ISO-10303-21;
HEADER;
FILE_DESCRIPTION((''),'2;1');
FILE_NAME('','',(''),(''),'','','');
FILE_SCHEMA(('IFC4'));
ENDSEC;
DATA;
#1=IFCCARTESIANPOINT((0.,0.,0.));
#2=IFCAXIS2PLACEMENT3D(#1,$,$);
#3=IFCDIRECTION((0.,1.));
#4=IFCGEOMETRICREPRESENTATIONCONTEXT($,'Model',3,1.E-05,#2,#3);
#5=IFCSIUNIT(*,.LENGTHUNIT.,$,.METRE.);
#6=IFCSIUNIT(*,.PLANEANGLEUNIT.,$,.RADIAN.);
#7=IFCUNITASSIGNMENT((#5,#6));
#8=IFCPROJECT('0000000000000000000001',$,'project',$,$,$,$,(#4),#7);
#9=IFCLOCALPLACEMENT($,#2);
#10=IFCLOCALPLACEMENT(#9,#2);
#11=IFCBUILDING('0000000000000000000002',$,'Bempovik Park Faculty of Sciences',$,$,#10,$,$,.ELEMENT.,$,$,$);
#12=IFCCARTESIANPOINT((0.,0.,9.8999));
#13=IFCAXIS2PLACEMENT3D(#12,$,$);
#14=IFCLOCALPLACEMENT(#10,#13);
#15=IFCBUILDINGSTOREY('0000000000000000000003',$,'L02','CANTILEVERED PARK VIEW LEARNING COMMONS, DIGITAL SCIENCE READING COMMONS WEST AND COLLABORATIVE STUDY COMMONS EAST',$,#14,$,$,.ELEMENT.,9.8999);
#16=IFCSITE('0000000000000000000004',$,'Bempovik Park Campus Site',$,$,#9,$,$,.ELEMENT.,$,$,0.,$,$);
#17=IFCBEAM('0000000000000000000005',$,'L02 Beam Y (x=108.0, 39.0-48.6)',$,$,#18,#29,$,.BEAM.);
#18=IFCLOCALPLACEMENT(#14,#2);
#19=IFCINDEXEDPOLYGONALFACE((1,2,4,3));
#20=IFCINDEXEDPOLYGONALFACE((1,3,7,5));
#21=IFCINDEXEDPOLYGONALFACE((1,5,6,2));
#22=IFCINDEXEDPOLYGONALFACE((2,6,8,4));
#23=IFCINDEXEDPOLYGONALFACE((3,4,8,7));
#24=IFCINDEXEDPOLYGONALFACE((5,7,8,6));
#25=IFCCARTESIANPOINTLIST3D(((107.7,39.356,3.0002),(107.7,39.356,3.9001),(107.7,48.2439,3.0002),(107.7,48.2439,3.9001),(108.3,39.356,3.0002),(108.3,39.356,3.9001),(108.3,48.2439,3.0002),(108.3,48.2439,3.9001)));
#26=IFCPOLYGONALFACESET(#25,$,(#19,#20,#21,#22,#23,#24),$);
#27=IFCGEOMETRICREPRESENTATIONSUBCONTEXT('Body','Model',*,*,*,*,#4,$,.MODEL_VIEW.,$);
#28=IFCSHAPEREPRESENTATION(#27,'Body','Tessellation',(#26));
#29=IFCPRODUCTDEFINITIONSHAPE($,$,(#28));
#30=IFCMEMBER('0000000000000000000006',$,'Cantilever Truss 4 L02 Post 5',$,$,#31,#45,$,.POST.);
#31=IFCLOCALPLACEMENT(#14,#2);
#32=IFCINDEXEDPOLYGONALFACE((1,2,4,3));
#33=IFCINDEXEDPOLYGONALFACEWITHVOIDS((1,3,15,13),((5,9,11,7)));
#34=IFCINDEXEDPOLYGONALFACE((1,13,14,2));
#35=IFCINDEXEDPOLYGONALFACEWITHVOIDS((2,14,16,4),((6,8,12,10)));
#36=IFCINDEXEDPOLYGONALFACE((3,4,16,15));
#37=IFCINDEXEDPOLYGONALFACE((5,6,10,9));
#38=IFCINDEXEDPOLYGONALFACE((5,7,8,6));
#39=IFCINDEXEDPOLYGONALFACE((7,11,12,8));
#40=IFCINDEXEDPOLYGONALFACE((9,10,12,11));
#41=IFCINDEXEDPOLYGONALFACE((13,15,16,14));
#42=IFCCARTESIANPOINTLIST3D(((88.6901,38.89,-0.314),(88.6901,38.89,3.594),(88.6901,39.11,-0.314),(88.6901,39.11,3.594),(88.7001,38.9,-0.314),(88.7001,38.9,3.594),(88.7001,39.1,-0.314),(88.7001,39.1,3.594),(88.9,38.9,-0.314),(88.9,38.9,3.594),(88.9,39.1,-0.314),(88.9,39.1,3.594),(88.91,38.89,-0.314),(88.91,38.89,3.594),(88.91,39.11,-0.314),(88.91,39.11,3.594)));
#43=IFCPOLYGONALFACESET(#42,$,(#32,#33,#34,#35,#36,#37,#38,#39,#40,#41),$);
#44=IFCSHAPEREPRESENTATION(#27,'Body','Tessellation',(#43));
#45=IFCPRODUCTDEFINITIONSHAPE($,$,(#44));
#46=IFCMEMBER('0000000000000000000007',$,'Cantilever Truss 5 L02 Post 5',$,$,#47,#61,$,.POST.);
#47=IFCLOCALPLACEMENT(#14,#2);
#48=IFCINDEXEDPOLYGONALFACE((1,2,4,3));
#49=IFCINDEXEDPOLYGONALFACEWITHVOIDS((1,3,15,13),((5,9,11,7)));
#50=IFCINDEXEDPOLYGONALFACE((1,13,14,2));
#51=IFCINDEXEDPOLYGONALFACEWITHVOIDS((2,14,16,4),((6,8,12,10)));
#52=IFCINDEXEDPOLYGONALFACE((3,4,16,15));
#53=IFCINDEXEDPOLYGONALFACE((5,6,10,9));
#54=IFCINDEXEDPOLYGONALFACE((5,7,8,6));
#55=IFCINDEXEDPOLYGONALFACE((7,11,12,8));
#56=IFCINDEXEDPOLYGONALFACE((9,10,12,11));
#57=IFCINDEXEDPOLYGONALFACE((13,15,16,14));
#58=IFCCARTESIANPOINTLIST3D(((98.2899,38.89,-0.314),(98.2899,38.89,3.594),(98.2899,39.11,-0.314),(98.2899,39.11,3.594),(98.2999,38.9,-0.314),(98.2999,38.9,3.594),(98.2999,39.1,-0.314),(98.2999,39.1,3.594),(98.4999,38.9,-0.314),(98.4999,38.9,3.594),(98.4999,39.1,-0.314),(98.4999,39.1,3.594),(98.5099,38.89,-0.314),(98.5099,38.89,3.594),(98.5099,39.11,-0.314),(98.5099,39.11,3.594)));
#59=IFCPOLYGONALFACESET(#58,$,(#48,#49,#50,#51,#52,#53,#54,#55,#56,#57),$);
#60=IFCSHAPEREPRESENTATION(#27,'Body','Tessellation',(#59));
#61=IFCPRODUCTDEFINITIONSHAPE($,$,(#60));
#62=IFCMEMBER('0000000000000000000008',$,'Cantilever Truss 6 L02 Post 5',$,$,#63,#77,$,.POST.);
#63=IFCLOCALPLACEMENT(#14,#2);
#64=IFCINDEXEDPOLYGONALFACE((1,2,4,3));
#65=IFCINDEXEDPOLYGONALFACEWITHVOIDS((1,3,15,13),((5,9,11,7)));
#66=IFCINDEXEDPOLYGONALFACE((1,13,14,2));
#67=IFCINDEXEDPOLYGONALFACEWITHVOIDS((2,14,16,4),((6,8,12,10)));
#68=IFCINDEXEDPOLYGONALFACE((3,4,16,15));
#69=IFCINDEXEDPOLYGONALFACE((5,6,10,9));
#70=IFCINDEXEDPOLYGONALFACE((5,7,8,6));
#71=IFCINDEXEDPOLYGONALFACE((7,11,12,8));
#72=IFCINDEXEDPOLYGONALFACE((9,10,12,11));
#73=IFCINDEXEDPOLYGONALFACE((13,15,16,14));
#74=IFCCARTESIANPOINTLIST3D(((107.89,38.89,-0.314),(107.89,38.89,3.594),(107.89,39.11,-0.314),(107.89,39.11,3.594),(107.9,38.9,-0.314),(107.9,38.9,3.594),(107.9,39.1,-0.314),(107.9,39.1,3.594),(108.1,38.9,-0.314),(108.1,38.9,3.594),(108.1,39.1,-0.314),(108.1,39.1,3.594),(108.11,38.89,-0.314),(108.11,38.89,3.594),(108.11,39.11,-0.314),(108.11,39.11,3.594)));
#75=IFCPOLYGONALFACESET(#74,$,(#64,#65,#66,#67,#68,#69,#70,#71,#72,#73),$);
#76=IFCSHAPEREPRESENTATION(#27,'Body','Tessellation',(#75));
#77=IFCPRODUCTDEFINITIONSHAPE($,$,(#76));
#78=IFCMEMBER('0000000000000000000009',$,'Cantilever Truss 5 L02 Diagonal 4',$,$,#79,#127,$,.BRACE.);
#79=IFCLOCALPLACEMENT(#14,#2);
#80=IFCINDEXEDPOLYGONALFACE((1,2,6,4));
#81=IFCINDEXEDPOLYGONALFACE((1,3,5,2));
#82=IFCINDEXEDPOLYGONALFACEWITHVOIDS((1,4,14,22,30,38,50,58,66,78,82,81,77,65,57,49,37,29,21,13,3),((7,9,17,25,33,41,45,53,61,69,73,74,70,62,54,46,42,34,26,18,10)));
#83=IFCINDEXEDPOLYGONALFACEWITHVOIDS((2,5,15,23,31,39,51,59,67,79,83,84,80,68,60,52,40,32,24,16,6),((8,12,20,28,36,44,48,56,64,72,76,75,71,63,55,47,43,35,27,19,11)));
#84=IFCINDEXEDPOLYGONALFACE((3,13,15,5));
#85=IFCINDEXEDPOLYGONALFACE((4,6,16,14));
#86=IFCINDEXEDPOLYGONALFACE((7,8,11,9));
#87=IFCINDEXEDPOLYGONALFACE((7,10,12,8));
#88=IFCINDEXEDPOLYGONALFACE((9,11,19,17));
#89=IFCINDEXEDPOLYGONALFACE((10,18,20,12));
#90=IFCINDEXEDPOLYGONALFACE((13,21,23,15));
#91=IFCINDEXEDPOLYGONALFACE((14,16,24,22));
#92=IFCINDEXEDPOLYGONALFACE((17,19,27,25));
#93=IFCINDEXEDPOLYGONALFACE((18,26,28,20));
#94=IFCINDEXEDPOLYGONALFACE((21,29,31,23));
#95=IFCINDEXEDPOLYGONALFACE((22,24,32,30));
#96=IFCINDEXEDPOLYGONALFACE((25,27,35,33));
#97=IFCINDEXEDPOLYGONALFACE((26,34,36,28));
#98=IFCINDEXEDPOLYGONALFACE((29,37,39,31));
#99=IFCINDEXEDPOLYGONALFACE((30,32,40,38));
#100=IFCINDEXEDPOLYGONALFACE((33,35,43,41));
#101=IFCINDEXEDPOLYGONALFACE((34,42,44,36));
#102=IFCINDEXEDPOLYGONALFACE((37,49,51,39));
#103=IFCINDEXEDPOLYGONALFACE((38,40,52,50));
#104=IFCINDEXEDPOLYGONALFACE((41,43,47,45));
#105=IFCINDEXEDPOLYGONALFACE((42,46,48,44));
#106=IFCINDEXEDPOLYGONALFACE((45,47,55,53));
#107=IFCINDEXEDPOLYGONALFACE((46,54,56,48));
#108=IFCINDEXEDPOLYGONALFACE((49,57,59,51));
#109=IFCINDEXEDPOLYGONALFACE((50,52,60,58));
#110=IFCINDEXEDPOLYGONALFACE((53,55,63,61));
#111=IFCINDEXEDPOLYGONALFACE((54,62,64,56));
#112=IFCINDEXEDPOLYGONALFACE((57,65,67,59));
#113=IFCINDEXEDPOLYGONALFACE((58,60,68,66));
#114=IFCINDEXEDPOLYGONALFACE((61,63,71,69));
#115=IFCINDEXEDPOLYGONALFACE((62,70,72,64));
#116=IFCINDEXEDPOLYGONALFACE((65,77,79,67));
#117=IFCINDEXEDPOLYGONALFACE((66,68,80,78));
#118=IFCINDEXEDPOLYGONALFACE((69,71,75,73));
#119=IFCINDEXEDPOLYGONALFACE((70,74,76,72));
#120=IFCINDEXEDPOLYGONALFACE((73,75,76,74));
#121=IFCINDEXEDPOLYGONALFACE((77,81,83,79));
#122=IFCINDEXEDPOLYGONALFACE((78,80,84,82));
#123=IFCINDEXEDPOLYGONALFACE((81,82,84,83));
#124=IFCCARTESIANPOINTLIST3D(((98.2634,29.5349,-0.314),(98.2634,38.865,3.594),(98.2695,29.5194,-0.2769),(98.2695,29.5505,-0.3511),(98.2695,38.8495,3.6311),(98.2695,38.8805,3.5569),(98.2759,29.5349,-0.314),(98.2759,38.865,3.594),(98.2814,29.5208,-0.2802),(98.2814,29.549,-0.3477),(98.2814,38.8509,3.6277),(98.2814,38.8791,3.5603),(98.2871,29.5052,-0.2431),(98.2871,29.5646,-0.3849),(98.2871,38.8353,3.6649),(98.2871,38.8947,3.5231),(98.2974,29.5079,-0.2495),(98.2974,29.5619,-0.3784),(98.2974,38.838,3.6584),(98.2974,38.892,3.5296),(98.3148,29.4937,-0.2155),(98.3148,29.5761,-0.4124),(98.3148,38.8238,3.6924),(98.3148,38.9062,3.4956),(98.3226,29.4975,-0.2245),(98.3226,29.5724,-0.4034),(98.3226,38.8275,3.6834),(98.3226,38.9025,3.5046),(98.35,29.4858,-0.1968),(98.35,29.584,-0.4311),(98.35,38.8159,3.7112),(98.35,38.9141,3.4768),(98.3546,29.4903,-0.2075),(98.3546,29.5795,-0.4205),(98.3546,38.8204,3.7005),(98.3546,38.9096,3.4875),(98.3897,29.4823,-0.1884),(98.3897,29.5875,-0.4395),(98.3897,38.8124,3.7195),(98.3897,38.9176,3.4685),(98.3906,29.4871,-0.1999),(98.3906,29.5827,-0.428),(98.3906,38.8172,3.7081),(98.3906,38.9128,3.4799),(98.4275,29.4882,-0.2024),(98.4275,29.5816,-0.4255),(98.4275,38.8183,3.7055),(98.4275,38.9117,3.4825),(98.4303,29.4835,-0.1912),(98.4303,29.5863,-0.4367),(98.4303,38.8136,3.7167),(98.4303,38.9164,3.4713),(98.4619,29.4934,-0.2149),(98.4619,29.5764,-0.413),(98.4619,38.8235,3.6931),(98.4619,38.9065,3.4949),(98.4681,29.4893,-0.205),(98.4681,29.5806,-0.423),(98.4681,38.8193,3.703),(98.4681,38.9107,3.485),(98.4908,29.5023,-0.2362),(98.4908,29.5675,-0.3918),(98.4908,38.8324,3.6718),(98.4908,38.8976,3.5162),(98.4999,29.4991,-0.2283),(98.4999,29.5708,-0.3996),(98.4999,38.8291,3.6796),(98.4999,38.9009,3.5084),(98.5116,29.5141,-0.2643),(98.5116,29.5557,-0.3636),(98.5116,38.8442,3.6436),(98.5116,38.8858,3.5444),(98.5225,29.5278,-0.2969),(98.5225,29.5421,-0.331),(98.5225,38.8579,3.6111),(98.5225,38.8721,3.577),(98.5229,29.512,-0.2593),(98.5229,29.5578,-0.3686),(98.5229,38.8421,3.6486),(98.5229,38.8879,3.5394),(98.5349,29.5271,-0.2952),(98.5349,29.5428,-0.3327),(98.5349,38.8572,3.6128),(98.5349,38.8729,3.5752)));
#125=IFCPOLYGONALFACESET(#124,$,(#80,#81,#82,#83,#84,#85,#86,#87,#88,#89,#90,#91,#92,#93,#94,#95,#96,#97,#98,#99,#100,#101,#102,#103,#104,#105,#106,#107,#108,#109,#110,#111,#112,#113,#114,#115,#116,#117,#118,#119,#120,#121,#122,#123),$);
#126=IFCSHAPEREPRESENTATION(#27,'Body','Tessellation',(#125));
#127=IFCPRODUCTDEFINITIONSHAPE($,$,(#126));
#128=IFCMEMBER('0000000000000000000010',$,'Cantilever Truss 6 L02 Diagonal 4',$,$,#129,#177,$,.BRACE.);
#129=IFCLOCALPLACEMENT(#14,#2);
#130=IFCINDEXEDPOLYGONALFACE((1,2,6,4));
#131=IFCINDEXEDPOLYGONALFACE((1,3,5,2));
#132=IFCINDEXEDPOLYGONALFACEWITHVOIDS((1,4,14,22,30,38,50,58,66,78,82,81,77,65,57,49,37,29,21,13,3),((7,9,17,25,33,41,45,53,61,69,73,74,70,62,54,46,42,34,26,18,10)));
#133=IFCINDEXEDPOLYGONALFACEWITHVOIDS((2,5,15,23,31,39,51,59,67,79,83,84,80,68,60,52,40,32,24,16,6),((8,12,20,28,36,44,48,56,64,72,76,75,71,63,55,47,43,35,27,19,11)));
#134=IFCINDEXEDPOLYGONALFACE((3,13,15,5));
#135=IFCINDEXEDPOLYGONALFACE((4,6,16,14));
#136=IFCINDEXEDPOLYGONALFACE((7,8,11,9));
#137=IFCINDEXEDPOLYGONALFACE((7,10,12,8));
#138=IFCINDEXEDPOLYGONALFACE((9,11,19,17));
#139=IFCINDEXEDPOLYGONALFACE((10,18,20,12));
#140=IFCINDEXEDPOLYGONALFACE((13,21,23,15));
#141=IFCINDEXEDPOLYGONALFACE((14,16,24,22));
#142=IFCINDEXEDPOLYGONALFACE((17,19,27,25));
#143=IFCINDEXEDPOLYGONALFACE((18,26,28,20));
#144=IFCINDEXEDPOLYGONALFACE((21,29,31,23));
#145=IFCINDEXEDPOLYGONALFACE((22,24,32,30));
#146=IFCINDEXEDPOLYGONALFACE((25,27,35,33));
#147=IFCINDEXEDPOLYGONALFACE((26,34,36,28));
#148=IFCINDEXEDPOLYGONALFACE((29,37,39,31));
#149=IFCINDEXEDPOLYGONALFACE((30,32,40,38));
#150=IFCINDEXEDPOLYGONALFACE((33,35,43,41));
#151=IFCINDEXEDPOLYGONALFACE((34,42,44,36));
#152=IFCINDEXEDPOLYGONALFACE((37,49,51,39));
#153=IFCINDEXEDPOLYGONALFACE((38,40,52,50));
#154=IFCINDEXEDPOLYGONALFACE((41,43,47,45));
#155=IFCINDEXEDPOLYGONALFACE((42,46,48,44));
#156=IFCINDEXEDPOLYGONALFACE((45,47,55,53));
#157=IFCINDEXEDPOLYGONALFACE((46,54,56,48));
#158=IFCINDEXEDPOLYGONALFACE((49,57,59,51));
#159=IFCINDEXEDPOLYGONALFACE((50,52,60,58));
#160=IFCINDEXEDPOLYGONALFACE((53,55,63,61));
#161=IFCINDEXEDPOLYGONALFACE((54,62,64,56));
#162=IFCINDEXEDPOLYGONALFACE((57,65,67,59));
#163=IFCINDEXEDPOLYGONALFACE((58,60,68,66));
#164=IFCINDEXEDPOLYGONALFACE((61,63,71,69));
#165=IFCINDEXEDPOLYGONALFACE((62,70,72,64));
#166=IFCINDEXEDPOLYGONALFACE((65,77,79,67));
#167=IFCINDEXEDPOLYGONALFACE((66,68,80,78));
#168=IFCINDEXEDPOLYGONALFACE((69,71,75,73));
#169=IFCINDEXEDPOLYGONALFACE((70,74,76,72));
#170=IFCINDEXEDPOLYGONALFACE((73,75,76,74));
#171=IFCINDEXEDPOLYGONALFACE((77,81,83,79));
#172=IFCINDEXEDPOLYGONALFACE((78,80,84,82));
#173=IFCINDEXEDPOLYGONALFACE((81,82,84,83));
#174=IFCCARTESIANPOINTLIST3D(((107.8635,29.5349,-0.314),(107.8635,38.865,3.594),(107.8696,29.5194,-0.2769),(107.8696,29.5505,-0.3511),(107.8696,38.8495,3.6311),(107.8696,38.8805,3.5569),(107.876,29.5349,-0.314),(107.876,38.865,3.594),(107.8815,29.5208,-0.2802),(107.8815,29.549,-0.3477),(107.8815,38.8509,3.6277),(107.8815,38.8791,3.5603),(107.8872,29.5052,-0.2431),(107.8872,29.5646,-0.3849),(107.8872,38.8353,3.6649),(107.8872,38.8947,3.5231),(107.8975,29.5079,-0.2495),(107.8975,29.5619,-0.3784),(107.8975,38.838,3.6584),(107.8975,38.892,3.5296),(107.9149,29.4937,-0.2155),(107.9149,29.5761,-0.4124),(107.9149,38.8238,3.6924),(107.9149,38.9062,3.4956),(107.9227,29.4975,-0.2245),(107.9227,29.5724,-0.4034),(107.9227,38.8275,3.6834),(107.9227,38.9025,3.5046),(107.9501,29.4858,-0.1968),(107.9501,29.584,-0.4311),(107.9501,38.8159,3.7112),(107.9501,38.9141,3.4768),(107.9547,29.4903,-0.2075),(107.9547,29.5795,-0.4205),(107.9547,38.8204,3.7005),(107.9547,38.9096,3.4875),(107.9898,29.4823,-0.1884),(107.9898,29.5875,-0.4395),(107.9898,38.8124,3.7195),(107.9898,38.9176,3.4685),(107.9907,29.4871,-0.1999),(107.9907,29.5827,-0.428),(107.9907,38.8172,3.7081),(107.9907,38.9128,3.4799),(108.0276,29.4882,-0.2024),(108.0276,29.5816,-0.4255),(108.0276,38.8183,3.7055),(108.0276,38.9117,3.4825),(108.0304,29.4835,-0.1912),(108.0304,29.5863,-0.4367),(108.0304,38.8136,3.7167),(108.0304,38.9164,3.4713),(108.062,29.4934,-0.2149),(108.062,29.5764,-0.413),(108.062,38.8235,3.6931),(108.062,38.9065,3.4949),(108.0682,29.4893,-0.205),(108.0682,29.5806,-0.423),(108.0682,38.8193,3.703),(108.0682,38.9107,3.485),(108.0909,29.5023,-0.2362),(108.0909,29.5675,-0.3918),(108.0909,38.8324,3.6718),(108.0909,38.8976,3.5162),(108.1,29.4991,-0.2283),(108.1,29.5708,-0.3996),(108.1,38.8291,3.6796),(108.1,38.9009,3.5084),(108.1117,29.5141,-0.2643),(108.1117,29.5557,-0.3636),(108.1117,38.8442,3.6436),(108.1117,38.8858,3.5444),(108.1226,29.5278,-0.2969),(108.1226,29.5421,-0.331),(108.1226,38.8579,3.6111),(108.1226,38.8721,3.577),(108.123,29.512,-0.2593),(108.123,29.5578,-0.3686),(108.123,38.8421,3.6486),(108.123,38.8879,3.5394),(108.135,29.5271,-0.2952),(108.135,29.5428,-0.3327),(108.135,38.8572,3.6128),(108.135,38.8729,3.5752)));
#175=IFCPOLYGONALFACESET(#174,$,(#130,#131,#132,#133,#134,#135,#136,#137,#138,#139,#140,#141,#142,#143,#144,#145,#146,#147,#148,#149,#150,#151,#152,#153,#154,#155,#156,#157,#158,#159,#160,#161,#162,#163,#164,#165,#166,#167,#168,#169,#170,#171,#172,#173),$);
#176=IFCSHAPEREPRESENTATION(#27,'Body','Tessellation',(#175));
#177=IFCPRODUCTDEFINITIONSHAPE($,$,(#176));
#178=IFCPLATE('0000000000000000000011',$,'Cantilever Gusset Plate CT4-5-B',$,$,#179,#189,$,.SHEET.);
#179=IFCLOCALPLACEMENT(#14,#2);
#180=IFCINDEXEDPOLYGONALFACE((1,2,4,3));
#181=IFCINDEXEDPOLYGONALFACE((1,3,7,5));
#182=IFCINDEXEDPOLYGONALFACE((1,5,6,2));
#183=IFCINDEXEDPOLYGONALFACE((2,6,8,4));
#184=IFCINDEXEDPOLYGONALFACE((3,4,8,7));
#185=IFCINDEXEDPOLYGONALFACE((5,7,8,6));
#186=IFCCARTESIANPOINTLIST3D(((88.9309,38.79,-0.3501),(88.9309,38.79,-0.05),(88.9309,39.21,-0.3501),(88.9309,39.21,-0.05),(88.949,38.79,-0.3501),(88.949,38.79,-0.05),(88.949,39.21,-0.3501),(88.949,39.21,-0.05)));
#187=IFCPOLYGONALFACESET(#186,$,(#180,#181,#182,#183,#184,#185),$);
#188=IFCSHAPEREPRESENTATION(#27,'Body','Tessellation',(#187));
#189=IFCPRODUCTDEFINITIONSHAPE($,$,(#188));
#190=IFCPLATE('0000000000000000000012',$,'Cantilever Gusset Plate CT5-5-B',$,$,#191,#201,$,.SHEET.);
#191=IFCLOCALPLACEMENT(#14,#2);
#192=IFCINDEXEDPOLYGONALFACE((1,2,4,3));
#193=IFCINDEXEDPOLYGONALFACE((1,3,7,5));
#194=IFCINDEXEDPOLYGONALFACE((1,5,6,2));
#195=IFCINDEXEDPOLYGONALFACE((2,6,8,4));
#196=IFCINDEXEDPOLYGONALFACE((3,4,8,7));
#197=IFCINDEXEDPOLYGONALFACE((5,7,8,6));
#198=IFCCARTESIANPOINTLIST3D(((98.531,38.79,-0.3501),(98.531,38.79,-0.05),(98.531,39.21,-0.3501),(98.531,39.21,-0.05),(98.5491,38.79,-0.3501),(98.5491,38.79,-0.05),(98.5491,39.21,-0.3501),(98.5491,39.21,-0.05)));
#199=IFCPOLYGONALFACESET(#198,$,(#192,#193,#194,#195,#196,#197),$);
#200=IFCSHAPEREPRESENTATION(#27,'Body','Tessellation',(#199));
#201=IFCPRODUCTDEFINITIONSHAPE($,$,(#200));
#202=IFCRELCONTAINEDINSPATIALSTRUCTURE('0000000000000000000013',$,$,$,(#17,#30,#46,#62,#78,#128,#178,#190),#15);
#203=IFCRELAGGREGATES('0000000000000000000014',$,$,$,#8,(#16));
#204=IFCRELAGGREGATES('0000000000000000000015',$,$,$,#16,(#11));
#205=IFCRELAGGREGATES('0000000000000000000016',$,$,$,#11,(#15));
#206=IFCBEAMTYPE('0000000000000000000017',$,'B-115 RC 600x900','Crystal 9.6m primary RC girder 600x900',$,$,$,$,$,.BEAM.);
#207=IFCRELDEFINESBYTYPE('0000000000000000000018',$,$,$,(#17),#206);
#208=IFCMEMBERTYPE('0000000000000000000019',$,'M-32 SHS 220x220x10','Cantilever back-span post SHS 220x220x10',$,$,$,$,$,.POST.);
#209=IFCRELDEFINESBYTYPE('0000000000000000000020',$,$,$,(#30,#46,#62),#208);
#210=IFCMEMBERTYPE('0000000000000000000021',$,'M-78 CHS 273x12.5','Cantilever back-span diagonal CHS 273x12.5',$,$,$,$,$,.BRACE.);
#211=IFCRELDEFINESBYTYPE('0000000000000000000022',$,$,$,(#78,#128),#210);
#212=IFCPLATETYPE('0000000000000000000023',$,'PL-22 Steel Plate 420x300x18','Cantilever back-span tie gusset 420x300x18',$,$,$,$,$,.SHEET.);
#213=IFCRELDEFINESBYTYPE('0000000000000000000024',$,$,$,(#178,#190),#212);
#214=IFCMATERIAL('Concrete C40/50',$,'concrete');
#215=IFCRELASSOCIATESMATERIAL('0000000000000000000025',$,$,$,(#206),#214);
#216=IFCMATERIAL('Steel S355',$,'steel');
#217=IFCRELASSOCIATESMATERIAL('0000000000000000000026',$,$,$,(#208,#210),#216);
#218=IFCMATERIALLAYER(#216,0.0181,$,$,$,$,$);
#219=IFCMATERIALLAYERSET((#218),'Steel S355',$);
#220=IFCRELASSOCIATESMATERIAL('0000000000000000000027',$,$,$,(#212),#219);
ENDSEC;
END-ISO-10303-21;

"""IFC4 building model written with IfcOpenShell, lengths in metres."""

from ifc_helpers import new_model, si_unit, direction, frame, origin, origin_2d, place, context, subcontext, project, spatial, rectangle, hollow_rectangle, hollow_circle, extrude, material, layer, layer_set, material_profile, profile_set, type_object, element, save


model = new_model("IFC4")

# Units and contexts
model_context = context("Model", 3, precision=1e-05, world=origin(), true_north=direction((0.0, 1.0)))
body_context = subcontext(model_context, "Body", "Model", "MODEL_VIEW")
ifc_project = project(units=[si_unit("LENGTHUNIT", "METRE"), si_unit("PLANEANGLEUNIT", "RADIAN")], contexts=[model_context])

# Site, building, storey
site_placement = place(None, origin())
site = spatial("IfcSite", under=ifc_project, at=site_placement, Name="Bempovik Park Campus Site", CompositionType="ELEMENT", RefElevation=0.0)
building_placement = place(site_placement, origin())
building = spatial("IfcBuilding", under=site, at=building_placement, Name="Bempovik Park Faculty of Sciences", CompositionType="ELEMENT")
storey_placement = place(building_placement, frame((0.0, 0.0, 9.8999)))
storey = spatial("IfcBuildingStorey", under=building, at=storey_placement, Name="L02", Description="CANTILEVERED PARK VIEW LEARNING COMMONS, DIGITAL SCIENCE READING COMMONS WEST AND COLLABORATIVE STUDY COMMONS EAST", CompositionType="ELEMENT", Elevation=9.8999)

# Shared definitions
ifc_material_1 = material(Name="Concrete C40/50", Category="concrete")

# Beam
ifc_material_profile_1 = material_profile(ifc_material_1, rectangle(XDim=0.6001, YDim=0.8999, at=origin_2d()), Name="RC 600x900")
ifc_profile_set_1 = profile_set([ifc_material_profile_1], Name="Concrete C40/50")
beam_type_1 = type_object("IfcBeamType", Name="B-115 RC 600x900", Description="Crystal 9.6m primary RC girder 600x900", PredefinedType="BEAM", material=ifc_profile_set_1)
for number, where, z_axis, x_axis, name in (
    (1, (108.0, 39.356, 3.4502), (0.0, 1.0, 0.0), (-1.0, 0.0, 0.0), "L02 Beam Y (x=108.0, 39.0-48.6)"),
):
    element("IfcBeam", number, at=place(storey_placement, frame(where, z_axis=z_axis, x_axis=x_axis)), inside=storey, type_object=beam_type_1, Name=name, PredefinedType="BEAM", context=body_context, shape_type="SweptSolid", body=[
        extrude(rectangle(XDim=0.6001, YDim=0.8999, at=origin_2d()), origin(), (0.0, 0.0, 1.0), 8.8879),
    ])

# Members
ifc_material_2 = material(Name="Steel S355", Category="steel")
ifc_material_profile_2 = material_profile(ifc_material_2, hollow_rectangle(XDim=0.22, YDim=0.22, WallThickness=0.01, at=origin_2d()), Name="SHS 220x220x10")
ifc_profile_set_2 = profile_set([ifc_material_profile_2], Name="Steel S355")
member_type_1 = type_object("IfcMemberType", Name="M-32 SHS 220x220x10", Description="Cantilever back-span post SHS 220x220x10", PredefinedType="POST", material=ifc_profile_set_2)
for number, where, z_axis, x_axis, name in (
    (2, (88.8, 39.0, -0.314), (0.0, 0.0, 1.0), (1.0, 0.0, 0.0), "Cantilever Truss 4 L02 Post 5"),
    (3, (98.3999, 39.0, -0.314), (0.0, 0.0, 1.0), (1.0, 0.0, 0.0), "Cantilever Truss 5 L02 Post 5"),
    (4, (108.0, 39.0, -0.314), (0.0, 0.0, 1.0), (1.0, 0.0, 0.0), "Cantilever Truss 6 L02 Post 5"),
):
    element("IfcMember", number, at=place(storey_placement, frame(where, z_axis=z_axis, x_axis=x_axis)), inside=storey, type_object=member_type_1, Name=name, PredefinedType="POST", context=body_context, shape_type="SweptSolid", body=[
        extrude(hollow_rectangle(XDim=0.22, YDim=0.22, WallThickness=0.01, at=origin_2d()), origin(), (0.0, 0.0, 1.0), 3.908),
    ])
ifc_material_profile_3 = material_profile(ifc_material_2, hollow_circle(Radius=0.1365, WallThickness=0.0125, at=origin_2d()), Name="CHS 273x12.5")
ifc_profile_set_3 = profile_set([ifc_material_profile_3], Name="Steel S355")
member_type_2 = type_object("IfcMemberType", Name="M-78 CHS 273x12.5", Description="Cantilever back-span diagonal CHS 273x12.5", PredefinedType="BRACE", material=ifc_profile_set_3)
for number, where, z_axis, x_axis, name in (
    (5, (98.3999, 29.5349, -0.314), (0.0, 0.922358, 0.386335), (-1.0, 0.0, 0.0), "Cantilever Truss 5 L02 Diagonal 4"),
    (6, (108.0, 29.5349, -0.314), (0.0, 0.922358, 0.386335), (-1.0, 0.0, 0.0), "Cantilever Truss 6 L02 Diagonal 4"),
):
    element("IfcMember", number, at=place(storey_placement, frame(where, z_axis=z_axis, x_axis=x_axis)), inside=storey, type_object=member_type_2, Name=name, PredefinedType="BRACE", context=body_context, shape_type="SweptSolid", body=[
        extrude(hollow_circle(Radius=0.1365, WallThickness=0.0125, at=origin_2d()), origin(), (0.0, 0.0, 1.0), 10.1155),
    ])

# Plates
ifc_layer_1 = layer(ifc_material_2, 0.0181)
ifc_layer_set_1 = layer_set([ifc_layer_1], Name="Steel S355")
plate_type_1 = type_object("IfcPlateType", Name="PL-22 Steel Plate 420x300x18", Description="Cantilever back-span tie gusset 420x300x18", PredefinedType="SHEET", material=ifc_layer_set_1)
for number, where, z_axis, x_axis, name in (
    (7, (88.9399, 39.0, -0.3501), (0.0, 0.0, 1.0), (1.0, 0.0, 0.0), "Cantilever Gusset Plate CT4-5-B"),
    (8, (98.54, 39.0, -0.3501), (0.0, 0.0, 1.0), (1.0, 0.0, 0.0), "Cantilever Gusset Plate CT5-5-B"),
):
    element("IfcPlate", number, at=place(storey_placement, frame(where, z_axis=z_axis, x_axis=x_axis)), inside=storey, type_object=plate_type_1, Name=name, PredefinedType="SHEET", context=body_context, shape_type="SweptSolid", body=[
        extrude(rectangle(XDim=0.0181, YDim=0.4199, at=origin_2d()), origin(), (0.0, 0.0, 1.0), 0.3),
    ])

save(model, "model.ifc")
